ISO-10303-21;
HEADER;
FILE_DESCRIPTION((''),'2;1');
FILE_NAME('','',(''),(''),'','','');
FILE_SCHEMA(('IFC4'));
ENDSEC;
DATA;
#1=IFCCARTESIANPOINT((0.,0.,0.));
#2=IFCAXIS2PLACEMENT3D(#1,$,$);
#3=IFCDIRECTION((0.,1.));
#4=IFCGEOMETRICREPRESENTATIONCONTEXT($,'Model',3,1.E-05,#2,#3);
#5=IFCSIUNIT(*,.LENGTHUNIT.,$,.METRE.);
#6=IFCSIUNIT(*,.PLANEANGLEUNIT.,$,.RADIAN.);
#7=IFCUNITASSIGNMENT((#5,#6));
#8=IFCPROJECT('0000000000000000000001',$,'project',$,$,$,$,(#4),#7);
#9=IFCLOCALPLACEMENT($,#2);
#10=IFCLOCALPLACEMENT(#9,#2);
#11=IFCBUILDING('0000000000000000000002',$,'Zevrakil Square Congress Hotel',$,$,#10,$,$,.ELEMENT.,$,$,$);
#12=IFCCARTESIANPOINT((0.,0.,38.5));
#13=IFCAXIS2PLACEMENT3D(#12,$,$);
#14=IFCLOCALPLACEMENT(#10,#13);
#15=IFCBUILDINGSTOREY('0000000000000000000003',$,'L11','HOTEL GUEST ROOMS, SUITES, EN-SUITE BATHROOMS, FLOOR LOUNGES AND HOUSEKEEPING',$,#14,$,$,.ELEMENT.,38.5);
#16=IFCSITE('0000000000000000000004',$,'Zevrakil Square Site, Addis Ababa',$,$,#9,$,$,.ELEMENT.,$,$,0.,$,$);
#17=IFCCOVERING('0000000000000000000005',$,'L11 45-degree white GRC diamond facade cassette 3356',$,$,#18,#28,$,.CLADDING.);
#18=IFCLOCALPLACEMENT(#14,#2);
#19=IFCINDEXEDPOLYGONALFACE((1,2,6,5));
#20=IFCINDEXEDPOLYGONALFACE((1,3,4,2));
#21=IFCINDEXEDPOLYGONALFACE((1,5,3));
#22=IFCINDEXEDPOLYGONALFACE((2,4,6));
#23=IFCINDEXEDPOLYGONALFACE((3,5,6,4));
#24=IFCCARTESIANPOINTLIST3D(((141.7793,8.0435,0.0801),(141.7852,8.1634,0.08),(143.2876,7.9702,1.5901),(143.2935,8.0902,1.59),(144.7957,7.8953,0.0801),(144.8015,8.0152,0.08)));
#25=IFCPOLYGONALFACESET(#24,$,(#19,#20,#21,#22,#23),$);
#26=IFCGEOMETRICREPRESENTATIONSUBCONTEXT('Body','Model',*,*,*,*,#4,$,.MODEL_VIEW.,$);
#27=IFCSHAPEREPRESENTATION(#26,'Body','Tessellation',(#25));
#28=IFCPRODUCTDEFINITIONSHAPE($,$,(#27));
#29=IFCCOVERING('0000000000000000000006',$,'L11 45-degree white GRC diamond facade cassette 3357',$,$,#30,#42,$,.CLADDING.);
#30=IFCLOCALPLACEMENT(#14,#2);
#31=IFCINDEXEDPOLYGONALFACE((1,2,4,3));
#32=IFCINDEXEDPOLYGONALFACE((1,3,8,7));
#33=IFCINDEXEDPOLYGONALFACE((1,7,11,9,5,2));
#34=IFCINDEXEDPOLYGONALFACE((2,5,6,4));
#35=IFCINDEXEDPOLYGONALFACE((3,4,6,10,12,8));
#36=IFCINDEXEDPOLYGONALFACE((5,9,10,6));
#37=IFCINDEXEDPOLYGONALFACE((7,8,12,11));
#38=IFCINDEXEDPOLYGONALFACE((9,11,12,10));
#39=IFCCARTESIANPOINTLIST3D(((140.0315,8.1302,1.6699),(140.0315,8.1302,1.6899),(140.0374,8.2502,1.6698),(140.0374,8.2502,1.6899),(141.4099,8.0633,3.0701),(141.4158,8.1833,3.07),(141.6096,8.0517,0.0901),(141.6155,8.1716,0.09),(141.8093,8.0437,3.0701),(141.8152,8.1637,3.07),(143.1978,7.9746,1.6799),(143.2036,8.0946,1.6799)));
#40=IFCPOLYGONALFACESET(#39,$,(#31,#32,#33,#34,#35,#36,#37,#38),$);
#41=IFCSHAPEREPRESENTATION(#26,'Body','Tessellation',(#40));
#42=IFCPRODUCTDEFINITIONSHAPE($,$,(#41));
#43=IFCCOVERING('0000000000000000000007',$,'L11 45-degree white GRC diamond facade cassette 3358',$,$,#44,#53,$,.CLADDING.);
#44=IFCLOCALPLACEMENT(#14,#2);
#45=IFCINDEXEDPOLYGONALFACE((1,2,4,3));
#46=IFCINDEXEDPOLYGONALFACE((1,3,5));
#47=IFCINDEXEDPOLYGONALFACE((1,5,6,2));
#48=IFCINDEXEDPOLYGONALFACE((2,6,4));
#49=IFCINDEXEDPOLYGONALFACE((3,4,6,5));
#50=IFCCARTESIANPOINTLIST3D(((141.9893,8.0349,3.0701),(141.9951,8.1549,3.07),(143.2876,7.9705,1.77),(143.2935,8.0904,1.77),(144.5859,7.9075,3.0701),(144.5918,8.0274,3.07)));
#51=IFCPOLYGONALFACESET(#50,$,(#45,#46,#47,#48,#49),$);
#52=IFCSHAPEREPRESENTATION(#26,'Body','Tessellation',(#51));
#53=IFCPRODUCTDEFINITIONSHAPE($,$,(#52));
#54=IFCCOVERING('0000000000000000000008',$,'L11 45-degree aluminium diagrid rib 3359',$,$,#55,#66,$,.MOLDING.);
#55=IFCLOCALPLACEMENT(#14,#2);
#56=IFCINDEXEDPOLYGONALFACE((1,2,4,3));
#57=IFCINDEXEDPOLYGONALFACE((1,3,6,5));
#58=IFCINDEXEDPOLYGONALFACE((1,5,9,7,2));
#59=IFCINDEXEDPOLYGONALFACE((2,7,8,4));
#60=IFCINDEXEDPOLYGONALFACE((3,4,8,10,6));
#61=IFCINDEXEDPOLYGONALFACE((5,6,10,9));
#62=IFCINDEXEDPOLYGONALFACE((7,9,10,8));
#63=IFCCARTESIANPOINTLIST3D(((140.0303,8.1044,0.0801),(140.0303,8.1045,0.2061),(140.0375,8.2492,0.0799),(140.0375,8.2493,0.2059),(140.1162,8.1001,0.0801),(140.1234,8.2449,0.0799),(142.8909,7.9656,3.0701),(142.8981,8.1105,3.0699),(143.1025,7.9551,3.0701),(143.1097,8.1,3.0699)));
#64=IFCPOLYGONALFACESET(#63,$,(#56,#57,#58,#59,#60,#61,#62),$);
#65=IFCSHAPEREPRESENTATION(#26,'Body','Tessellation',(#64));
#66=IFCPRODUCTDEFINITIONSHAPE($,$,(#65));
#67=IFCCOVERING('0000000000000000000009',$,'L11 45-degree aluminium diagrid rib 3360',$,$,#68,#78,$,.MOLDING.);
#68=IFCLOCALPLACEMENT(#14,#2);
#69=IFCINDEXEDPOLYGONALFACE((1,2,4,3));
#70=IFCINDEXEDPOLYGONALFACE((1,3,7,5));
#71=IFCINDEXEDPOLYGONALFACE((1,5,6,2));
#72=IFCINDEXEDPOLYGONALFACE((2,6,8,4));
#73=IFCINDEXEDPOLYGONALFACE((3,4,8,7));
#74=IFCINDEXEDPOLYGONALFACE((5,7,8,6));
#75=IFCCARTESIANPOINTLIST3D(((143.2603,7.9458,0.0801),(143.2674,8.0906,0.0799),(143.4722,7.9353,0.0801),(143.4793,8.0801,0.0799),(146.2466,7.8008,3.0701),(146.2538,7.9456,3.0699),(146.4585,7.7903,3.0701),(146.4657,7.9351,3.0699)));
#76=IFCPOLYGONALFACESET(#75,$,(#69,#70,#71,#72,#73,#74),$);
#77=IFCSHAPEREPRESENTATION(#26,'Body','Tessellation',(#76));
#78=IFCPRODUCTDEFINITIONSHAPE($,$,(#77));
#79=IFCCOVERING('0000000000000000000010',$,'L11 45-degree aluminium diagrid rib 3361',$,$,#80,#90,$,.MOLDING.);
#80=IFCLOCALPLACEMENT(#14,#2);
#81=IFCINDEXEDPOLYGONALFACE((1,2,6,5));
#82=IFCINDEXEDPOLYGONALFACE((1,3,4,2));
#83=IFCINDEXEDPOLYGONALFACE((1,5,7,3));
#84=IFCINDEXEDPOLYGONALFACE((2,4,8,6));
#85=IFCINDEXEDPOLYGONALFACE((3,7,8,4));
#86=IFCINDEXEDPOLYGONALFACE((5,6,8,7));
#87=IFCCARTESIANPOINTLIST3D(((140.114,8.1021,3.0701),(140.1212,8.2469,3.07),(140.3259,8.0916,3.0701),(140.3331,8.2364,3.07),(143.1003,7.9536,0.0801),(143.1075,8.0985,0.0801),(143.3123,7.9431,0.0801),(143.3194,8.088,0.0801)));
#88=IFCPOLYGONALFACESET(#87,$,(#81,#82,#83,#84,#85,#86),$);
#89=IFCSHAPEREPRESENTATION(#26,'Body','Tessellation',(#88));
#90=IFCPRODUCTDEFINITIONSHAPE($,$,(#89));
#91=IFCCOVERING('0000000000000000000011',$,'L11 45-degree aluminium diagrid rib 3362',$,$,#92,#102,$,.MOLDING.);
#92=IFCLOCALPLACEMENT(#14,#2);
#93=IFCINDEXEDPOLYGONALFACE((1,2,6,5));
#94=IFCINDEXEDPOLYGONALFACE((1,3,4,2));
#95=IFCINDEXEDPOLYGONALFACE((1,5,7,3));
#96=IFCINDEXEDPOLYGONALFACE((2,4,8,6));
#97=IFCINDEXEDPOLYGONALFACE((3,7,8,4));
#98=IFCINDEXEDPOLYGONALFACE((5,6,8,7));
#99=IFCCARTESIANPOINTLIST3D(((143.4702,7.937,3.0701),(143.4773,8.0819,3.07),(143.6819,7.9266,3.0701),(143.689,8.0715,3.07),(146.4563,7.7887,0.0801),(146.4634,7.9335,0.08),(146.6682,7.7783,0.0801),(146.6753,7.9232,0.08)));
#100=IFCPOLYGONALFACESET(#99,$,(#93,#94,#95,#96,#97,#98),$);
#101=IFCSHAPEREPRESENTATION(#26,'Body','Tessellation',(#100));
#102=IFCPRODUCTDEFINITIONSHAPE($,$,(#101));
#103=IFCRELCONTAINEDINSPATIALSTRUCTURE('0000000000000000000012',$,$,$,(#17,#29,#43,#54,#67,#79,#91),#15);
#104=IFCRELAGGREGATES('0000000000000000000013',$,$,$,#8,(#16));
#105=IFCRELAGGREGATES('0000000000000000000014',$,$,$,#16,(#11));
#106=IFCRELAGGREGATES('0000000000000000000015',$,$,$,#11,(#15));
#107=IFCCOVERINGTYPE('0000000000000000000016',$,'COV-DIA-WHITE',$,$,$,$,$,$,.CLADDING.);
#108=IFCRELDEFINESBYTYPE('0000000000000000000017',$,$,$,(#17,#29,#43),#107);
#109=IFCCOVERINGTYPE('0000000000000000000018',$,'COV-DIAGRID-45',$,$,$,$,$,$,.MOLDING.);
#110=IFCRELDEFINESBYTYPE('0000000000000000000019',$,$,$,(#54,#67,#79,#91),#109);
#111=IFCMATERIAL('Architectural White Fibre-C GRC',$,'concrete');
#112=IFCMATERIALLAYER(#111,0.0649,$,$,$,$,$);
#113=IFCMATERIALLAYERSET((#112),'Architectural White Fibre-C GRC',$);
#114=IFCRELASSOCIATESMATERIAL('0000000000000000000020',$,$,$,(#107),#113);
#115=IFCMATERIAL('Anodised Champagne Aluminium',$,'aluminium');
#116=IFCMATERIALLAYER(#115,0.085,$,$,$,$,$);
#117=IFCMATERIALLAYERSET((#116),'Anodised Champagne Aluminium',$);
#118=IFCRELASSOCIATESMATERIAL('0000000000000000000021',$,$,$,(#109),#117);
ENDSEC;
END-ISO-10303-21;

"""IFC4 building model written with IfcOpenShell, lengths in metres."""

from ifc_helpers import new_model, si_unit, direction, frame, origin, place, context, subcontext, project, spatial, polyline, outline, extrude, material, layer, layer_set, type_object, element, save


model = new_model("IFC4")

# Units and contexts
model_context = context("Model", 3, precision=1e-05, world=origin(), true_north=direction((0.0, 1.0)))
body_context = subcontext(model_context, "Body", "Model", "MODEL_VIEW")
ifc_project = project(units=[si_unit("LENGTHUNIT", "METRE"), si_unit("PLANEANGLEUNIT", "RADIAN")], contexts=[model_context])

# Site, building, storey
site_placement = place(None, origin())
site = spatial("IfcSite", under=ifc_project, at=site_placement, Name="Zevrakil Square Site, Addis Ababa", CompositionType="ELEMENT", RefElevation=0.0)
building_placement = place(site_placement, origin())
building = spatial("IfcBuilding", under=site, at=building_placement, Name="Zevrakil Square Congress Hotel", CompositionType="ELEMENT")
storey_placement = place(building_placement, frame((0.0, 0.0, 38.5)))
storey = spatial("IfcBuildingStorey", under=building, at=storey_placement, Name="L11", Description="HOTEL GUEST ROOMS, SUITES, EN-SUITE BATHROOMS, FLOOR LOUNGES AND HOUSEKEEPING", CompositionType="ELEMENT", Elevation=38.5)

# Coverings
ifc_material_1 = material(Name="Architectural White Fibre-C GRC", Category="concrete")
ifc_layer_1 = layer(ifc_material_1, 0.0649)
ifc_layer_set_1 = layer_set([ifc_layer_1], Name="Architectural White Fibre-C GRC")
covering_type_1 = type_object("IfcCoveringType", Name="COV-DIA-WHITE", PredefinedType="CLADDING", material=ifc_layer_set_1)
covering_1_placement = place(storey_placement, frame((143.2876, 7.9702, 1.5901), z_axis=(-0.049071, -0.998795, 0.000569), x_axis=(0.706214, -0.035099, -0.707128)))
element("IfcCovering", 1, at=covering_1_placement, inside=storey, type_object=covering_type_1, Name="L11 45-degree white GRC diamond facade cassette 3356", PredefinedType="CLADDING", context=body_context, shape_type="SweptSolid", body=[
    extrude(outline(polyline([(0.0, 0.0), (2.1354, 0.0), (0.0, -2.1355), (0.0, 0.0)])), origin(), (0.0, 0.0, -1.0), 0.1201),
])
covering_2_placement = place(storey_placement, frame((143.1978, 7.9746, 1.6799), z_axis=(-0.04908, -0.998795, 0.000617), x_axis=(-0.706312, 0.034271, -0.70707)))
element("IfcCovering", 2, at=covering_2_placement, inside=storey, type_object=covering_type_1, Name="L11 45-degree white GRC diamond facade cassette 3357", PredefinedType="CLADDING", context=body_context, shape_type="SweptSolid", body=[
    extrude(outline(polyline([(0.0, 0.0), (2.2485, 0.0), (2.2488, -2.2344), (2.2346, -2.2485), (0.2829, -2.2487), (0.0001, -1.966), (0.0, 0.0)])), origin(), (0.0, 0.0, -1.0), 0.1201),
])
covering_3_placement = place(storey_placement, frame((143.2876, 7.9705, 1.77), z_axis=(-0.04902, -0.998798, 0.000563), x_axis=(-0.706207, 0.035058, 0.707137)))
element("IfcCovering", 3, at=covering_3_placement, inside=storey, type_object=covering_type_1, Name="L11 45-degree white GRC diamond facade cassette 3358", PredefinedType="CLADDING", context=body_context, shape_type="SweptSolid", body=[
    extrude(outline(polyline([(0.0, 0.0), (1.8385, 0.0), (0.0002, -1.8384), (0.0, 0.0)])), origin(), (0.0, 0.0, -1.0), 0.1201),
])
ifc_material_2 = material(Name="Anodised Champagne Aluminium", Category="aluminium")
ifc_layer_2 = layer(ifc_material_2, 0.085)
ifc_layer_set_2 = layer_set([ifc_layer_2], Name="Anodised Champagne Aluminium")
covering_type_2 = type_object("IfcCoveringType", Name="COV-DIAGRID-45", PredefinedType="MOLDING", material=ifc_layer_set_2)
covering_4_placement = place(storey_placement, frame((140.1162, 8.1001, 0.0801), z_axis=(-0.049529, -0.998772, 0.001045), x_axis=(-0.998773, 0.049529, -0.000001)))
element("IfcCovering", 4, at=covering_4_placement, inside=storey, type_object=covering_type_2, Name="L11 45-degree aluminium diagrid rib 3359", PredefinedType="MOLDING", context=body_context, shape_type="SweptSolid", body=[
    extrude(outline(polyline([(0.0, 0.0), (0.086, 0.0), (0.086, -0.126), (-2.7779, -2.99), (-2.9898, -2.99), (0.0, 0.0)])), origin(), (0.0, 0.0, -1.0), 0.145),
])
covering_5_placement = place(storey_placement, frame((143.4722, 7.9353, 0.0801), z_axis=(-0.049478, -0.998775, 0.000976), x_axis=(-0.998775, 0.049478, 0.0)))
element("IfcCovering", 5, at=covering_5_placement, inside=storey, type_object=covering_type_2, Name="L11 45-degree aluminium diagrid rib 3360", PredefinedType="MOLDING", context=body_context, shape_type="SweptSolid", body=[
    extrude(outline(polyline([(0.0, 0.0), (0.2122, 0.0), (-2.7777, -2.99), (-2.9898, -2.99), (0.0, 0.0)])), origin(), (0.0, 0.0, -1.0), 0.145),
])
covering_6_placement = place(storey_placement, frame((140.114, 8.1021, 3.0701), z_axis=(-0.049478, -0.998775, 0.000166), x_axis=(0.998775, -0.049478, 0.0)))
element("IfcCovering", 6, at=covering_6_placement, inside=storey, type_object=covering_type_2, Name="L11 45-degree aluminium diagrid rib 3361", PredefinedType="MOLDING", context=body_context, shape_type="SweptSolid", body=[
    extrude(outline(polyline([(0.0, 0.0), (0.2122, 0.0), (3.2022, -2.99), (2.99, -2.99), (0.0, 0.0)])), origin(), (0.0, 0.0, -1.0), 0.145),
])
covering_7_placement = place(storey_placement, frame((143.4702, 7.937, 3.0701), z_axis=(-0.048933, -0.998802, 0.000674), x_axis=(0.998802, -0.048933, 0.0)))
element("IfcCovering", 7, at=covering_7_placement, inside=storey, type_object=covering_type_2, Name="L11 45-degree aluminium diagrid rib 3362", PredefinedType="MOLDING", context=body_context, shape_type="SweptSolid", body=[
    extrude(outline(polyline([(0.0, 0.0), (0.2119, 0.0), (3.2019, -2.99), (2.9898, -2.99), (0.0, 0.0)])), origin(), (0.0, 0.0, -1.0), 0.145),
])

save(model, "model.ifc")
